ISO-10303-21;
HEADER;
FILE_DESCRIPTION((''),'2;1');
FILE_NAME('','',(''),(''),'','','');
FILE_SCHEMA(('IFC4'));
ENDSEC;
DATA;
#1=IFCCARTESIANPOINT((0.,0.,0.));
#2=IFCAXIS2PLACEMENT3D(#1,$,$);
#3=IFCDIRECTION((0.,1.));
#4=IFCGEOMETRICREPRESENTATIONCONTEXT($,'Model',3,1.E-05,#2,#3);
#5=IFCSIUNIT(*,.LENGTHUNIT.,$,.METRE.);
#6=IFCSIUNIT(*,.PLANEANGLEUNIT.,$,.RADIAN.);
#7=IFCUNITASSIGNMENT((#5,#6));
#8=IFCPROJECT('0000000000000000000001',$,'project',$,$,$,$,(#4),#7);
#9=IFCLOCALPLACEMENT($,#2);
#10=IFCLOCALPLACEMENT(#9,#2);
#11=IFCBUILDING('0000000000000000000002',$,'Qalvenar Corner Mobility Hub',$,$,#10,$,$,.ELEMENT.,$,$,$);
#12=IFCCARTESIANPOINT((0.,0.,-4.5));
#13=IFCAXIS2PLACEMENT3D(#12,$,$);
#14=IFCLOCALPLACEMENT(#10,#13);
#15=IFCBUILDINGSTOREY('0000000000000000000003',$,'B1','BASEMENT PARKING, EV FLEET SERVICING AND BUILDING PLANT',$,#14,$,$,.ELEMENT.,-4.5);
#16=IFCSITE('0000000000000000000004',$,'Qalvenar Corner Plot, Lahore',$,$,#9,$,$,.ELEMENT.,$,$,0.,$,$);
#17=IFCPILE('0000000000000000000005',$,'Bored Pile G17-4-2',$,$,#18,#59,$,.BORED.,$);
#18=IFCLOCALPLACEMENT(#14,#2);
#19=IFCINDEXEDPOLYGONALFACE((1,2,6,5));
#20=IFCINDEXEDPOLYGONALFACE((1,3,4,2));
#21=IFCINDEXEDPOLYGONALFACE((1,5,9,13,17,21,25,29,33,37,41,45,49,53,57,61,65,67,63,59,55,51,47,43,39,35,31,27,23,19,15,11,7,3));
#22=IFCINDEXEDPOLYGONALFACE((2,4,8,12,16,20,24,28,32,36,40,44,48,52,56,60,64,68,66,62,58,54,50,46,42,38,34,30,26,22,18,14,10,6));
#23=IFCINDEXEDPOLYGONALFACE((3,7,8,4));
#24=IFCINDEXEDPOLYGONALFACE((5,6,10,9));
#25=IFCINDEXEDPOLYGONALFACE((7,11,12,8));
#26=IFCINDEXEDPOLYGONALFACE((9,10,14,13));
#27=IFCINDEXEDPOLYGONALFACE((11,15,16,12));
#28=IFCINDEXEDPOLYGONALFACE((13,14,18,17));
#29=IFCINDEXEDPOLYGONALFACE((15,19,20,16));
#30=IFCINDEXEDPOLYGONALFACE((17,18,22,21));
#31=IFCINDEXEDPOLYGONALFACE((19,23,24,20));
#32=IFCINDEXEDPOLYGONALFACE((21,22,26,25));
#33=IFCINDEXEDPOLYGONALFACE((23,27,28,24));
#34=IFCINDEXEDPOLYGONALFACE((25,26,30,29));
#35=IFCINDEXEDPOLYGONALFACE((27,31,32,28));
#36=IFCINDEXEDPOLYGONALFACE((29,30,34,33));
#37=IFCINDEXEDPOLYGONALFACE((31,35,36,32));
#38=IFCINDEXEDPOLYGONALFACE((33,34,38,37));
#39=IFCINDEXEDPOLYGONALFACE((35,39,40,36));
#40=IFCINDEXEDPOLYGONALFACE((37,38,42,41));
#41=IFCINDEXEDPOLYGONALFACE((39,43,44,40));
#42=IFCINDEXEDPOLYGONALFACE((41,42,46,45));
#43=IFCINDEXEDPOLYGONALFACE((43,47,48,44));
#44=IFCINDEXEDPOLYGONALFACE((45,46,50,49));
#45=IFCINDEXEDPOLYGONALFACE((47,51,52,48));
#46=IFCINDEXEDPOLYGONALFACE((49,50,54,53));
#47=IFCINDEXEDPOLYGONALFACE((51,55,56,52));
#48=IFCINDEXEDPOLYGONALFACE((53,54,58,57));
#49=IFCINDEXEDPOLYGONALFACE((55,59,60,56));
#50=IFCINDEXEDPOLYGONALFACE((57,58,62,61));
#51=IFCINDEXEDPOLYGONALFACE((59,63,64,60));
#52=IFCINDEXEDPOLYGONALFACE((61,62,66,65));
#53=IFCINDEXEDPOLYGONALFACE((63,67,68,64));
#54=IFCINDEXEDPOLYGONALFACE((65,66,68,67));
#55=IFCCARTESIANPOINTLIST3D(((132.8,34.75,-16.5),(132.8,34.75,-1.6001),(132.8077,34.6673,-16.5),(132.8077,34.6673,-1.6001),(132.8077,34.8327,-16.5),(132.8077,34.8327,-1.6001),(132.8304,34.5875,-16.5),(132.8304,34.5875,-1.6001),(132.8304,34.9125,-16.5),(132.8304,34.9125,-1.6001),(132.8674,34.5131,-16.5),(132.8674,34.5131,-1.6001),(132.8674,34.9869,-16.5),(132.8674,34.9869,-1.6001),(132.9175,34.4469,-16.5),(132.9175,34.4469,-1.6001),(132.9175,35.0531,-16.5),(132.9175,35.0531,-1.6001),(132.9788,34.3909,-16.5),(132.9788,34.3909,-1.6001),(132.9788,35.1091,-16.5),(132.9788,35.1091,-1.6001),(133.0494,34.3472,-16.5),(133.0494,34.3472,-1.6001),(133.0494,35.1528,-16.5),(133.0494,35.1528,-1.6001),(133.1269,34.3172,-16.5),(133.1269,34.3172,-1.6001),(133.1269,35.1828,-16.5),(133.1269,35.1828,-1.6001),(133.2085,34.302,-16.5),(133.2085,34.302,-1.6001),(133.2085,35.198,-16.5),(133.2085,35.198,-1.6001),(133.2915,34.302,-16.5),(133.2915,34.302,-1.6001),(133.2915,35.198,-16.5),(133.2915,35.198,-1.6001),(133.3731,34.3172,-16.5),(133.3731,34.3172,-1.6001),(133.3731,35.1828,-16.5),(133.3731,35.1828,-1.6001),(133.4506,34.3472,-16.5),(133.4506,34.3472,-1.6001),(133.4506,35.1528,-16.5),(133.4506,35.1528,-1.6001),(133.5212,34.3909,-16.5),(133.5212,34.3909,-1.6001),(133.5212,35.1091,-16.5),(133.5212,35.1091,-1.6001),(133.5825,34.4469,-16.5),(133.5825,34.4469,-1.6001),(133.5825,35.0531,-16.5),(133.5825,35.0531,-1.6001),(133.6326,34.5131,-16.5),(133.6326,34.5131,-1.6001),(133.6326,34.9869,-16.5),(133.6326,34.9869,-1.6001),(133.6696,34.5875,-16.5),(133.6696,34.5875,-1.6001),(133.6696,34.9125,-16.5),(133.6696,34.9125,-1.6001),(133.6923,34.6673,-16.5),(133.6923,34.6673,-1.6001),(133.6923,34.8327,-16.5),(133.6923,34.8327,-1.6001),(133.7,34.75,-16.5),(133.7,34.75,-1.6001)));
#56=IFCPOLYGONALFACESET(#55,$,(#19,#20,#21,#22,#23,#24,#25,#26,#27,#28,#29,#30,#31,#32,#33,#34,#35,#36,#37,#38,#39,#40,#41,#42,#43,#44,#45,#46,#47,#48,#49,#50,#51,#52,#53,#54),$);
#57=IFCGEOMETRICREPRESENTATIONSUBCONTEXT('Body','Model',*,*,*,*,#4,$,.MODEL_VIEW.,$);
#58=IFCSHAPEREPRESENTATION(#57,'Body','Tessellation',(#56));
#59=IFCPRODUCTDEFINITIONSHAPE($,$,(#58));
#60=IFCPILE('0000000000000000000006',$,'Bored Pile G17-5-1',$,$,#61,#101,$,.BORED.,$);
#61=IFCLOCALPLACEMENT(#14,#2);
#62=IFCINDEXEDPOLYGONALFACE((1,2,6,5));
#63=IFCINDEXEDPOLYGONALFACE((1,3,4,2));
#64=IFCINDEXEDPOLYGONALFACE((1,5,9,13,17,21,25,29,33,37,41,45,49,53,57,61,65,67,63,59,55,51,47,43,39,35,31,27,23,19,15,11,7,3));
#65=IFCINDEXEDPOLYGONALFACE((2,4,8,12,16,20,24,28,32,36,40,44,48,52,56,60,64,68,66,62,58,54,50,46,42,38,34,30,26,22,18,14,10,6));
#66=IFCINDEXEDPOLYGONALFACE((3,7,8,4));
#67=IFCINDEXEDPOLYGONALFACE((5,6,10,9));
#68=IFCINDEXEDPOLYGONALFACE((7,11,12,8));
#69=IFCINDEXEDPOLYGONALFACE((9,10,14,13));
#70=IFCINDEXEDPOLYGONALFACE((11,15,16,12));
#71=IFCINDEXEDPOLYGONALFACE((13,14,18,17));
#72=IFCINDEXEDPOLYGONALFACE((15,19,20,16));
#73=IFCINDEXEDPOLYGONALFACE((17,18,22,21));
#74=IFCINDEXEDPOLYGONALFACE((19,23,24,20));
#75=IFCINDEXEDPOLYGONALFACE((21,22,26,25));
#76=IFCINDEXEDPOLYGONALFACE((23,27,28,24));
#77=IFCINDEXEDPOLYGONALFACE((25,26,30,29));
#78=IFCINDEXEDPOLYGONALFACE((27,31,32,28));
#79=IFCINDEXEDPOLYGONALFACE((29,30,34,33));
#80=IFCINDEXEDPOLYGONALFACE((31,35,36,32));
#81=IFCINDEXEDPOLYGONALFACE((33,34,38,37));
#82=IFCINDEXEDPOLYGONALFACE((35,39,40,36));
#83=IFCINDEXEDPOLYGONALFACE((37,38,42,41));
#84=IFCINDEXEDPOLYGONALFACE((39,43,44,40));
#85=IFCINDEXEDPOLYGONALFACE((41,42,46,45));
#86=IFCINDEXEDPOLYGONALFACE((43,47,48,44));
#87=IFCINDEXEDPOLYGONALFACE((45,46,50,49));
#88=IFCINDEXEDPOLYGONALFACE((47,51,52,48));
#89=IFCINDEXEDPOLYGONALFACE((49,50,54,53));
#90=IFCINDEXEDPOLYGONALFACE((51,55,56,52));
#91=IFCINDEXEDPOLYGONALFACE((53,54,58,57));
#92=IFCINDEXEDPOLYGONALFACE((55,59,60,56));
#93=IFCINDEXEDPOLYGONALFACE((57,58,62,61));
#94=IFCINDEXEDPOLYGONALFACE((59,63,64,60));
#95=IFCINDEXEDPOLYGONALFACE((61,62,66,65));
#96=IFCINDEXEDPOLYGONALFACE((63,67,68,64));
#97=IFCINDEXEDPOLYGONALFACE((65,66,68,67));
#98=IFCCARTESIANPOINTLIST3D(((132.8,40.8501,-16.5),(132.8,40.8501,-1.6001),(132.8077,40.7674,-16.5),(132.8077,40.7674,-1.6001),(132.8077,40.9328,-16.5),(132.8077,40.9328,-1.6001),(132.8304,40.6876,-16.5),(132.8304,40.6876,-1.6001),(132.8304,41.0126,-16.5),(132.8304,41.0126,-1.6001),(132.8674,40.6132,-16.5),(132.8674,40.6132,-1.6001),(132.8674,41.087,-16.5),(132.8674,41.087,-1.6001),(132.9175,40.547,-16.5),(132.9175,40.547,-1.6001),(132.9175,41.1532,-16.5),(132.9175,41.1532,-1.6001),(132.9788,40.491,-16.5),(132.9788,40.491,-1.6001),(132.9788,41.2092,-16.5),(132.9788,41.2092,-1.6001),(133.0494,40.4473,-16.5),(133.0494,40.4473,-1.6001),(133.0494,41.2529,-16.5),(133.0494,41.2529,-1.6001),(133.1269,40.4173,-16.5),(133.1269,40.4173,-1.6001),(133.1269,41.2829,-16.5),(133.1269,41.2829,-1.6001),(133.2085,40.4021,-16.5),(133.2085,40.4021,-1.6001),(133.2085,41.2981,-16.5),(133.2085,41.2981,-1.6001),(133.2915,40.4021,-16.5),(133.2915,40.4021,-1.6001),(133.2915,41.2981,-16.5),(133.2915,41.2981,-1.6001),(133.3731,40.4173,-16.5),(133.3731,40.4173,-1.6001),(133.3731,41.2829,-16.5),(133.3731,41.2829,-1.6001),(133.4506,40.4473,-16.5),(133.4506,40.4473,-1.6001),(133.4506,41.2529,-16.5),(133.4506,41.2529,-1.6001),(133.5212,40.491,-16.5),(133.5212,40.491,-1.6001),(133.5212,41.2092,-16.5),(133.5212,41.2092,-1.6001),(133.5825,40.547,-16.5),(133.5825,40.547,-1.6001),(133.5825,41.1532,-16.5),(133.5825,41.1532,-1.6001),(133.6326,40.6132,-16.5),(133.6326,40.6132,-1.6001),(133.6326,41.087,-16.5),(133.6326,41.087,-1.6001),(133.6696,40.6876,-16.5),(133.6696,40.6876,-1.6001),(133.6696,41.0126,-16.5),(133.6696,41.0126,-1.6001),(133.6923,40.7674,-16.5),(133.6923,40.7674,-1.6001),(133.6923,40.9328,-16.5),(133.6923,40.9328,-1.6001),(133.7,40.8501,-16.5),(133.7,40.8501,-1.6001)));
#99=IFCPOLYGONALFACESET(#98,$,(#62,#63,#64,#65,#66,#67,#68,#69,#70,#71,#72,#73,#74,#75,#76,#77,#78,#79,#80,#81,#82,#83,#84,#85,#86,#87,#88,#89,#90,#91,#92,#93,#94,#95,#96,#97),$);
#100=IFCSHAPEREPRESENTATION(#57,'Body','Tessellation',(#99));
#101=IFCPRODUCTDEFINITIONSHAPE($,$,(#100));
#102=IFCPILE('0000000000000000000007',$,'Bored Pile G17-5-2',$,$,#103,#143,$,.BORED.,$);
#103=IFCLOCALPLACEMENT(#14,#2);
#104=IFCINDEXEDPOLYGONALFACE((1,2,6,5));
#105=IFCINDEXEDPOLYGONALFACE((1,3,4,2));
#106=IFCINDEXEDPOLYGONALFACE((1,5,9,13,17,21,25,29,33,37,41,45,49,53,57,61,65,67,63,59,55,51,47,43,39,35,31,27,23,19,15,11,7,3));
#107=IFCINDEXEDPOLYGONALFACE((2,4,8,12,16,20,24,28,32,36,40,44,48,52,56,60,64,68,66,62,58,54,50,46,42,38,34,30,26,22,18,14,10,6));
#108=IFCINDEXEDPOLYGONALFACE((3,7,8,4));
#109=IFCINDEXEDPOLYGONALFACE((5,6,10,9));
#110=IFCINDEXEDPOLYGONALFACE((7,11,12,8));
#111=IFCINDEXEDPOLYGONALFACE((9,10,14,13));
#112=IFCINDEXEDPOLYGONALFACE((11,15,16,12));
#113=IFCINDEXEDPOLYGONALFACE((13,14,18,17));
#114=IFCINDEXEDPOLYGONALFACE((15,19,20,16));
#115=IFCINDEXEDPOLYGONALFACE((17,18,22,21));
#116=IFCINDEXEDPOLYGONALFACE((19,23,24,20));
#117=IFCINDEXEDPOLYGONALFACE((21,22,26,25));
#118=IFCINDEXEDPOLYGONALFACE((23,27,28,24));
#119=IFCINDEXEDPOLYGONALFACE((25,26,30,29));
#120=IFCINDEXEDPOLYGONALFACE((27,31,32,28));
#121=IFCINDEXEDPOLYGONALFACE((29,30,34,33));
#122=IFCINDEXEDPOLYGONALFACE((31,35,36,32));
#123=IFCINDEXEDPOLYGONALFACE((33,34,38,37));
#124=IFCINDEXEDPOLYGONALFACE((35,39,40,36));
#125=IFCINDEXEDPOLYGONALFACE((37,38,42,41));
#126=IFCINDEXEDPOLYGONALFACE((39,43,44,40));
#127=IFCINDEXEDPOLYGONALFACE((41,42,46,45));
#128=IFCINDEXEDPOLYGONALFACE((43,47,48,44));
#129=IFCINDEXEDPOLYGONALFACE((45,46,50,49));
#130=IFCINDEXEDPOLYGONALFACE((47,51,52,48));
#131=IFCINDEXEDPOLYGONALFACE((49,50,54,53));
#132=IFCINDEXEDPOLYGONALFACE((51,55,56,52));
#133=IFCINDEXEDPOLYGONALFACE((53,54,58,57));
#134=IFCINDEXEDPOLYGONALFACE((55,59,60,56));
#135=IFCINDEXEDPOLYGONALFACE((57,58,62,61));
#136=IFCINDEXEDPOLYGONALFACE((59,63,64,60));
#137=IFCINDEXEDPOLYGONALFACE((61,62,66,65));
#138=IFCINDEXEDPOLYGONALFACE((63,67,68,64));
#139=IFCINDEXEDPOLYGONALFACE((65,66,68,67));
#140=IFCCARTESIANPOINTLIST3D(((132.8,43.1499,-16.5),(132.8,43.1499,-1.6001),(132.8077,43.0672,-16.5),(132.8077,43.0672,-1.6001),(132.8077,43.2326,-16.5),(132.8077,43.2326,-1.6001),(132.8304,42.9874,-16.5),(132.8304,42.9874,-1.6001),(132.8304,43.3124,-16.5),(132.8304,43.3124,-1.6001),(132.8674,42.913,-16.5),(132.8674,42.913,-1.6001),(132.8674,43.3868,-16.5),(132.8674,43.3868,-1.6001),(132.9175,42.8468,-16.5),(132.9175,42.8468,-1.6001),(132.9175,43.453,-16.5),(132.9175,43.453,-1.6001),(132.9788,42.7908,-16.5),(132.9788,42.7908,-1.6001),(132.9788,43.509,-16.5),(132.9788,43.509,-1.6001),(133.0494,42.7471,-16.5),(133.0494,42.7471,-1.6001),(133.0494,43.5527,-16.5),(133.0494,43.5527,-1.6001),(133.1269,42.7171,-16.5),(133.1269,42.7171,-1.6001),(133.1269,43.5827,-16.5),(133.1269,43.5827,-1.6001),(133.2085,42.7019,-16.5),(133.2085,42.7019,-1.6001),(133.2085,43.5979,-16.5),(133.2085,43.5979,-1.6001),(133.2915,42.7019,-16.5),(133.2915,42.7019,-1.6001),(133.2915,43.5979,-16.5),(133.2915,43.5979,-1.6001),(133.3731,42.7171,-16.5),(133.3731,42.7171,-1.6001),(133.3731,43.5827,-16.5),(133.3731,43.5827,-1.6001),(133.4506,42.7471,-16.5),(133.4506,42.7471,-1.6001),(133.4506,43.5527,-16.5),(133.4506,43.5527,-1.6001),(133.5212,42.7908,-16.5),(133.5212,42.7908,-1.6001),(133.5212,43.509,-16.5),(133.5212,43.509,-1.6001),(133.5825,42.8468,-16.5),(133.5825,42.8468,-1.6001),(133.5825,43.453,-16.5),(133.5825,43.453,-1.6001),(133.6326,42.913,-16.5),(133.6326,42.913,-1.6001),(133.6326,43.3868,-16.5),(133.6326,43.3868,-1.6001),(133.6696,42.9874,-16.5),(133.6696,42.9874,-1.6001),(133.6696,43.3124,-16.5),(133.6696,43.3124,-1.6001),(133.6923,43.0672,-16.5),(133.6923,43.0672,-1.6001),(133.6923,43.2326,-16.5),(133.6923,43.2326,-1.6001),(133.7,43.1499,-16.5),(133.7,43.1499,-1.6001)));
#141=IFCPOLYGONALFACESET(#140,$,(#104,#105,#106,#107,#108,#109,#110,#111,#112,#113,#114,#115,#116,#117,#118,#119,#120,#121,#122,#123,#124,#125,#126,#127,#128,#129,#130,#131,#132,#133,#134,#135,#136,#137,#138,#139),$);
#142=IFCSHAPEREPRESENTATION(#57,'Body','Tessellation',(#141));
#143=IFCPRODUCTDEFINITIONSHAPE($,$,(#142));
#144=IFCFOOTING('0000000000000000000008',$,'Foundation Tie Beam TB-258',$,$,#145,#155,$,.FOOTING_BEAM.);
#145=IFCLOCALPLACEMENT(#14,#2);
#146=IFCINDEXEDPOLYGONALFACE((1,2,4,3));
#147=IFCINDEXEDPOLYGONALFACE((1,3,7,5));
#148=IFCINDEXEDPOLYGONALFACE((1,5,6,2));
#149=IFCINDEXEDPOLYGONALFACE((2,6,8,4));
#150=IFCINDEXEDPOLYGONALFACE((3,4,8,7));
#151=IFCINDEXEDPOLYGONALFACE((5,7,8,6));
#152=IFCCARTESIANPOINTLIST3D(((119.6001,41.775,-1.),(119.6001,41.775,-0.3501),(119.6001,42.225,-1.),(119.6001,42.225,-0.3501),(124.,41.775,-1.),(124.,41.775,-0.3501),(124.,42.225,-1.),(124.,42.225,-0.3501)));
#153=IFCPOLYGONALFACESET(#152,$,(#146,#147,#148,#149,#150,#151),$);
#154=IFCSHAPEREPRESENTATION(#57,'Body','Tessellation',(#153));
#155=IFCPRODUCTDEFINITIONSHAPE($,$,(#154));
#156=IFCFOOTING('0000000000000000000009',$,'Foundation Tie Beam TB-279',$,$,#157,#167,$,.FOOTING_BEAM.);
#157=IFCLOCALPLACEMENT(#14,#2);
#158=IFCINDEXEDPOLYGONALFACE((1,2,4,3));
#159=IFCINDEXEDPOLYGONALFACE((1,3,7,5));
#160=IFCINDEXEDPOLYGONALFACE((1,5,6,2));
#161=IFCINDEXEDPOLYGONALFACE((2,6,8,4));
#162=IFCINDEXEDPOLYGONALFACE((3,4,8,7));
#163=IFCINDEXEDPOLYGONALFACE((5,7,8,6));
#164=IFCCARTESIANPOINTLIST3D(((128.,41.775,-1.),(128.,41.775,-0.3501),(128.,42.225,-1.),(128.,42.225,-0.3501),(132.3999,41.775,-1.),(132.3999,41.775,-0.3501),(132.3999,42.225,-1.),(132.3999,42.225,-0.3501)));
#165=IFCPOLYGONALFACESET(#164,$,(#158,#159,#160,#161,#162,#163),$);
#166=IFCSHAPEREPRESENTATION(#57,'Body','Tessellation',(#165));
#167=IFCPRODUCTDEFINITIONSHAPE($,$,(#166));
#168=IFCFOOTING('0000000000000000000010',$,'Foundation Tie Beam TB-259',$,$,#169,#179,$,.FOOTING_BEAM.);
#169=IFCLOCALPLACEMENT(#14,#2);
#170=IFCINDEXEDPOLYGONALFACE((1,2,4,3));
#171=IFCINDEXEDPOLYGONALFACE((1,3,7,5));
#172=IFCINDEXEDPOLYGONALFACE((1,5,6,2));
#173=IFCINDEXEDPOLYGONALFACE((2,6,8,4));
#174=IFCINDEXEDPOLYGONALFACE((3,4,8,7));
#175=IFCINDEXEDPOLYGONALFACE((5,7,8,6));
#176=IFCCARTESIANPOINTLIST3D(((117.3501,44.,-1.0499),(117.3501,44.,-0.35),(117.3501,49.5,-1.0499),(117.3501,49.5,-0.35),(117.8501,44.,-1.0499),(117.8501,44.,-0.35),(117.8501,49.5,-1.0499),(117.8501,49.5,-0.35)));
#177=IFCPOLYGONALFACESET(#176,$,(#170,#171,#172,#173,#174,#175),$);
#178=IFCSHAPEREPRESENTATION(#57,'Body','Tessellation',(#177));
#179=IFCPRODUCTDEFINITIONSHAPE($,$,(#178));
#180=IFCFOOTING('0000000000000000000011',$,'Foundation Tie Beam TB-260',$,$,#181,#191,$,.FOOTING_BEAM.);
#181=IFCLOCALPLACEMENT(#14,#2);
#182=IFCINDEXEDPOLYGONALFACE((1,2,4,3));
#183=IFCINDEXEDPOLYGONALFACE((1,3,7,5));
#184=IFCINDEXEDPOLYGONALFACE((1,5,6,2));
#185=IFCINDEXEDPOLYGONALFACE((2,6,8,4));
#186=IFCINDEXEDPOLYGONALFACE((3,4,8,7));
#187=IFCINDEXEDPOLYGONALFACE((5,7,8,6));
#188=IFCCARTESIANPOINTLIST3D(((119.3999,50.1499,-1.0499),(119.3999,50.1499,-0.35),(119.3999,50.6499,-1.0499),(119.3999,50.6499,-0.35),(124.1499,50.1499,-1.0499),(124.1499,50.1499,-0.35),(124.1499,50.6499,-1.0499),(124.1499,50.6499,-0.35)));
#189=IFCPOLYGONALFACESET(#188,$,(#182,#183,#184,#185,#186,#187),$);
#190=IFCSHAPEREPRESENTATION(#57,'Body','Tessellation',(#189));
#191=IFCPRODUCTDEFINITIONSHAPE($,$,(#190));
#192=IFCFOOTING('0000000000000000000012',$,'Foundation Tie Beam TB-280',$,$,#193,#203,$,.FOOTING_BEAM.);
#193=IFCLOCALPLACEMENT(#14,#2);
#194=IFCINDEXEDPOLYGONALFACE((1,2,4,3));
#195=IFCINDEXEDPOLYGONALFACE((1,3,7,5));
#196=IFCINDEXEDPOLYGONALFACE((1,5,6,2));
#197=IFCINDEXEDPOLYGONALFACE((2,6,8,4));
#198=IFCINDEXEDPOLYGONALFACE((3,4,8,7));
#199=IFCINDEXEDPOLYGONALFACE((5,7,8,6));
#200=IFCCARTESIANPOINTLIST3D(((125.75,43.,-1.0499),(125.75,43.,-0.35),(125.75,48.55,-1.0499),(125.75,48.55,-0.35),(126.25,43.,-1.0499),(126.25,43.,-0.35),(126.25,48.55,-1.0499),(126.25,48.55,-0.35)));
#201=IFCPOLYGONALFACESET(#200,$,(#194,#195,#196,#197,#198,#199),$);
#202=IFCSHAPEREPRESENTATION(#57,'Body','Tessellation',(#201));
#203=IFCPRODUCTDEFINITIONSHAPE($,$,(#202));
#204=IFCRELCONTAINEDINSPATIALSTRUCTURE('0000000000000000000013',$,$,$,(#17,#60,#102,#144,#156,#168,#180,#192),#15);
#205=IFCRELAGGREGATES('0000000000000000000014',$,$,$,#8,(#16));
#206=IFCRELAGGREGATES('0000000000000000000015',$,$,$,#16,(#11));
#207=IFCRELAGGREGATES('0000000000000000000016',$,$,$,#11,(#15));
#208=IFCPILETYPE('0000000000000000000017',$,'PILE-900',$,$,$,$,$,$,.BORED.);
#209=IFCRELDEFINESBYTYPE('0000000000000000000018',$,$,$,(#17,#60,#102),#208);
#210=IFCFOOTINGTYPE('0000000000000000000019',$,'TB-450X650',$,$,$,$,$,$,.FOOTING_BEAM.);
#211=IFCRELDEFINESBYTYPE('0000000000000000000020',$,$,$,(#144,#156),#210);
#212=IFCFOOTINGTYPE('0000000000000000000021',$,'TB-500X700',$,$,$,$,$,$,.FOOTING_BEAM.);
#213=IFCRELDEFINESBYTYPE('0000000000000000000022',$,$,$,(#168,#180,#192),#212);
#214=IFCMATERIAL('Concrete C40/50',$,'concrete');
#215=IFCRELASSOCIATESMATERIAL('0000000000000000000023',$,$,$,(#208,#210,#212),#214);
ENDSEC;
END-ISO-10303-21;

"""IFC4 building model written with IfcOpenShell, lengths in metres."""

from ifc_helpers import new_model, si_unit, direction, frame, origin, origin_2d, place, context, subcontext, project, spatial, rectangle, circle, extrude, material, material_profile, profile_set, type_object, element, save


model = new_model("IFC4")

# Units and contexts
model_context = context("Model", 3, precision=1e-05, world=origin(), true_north=direction((0.0, 1.0)))
body_context = subcontext(model_context, "Body", "Model", "MODEL_VIEW")
ifc_project = project(units=[si_unit("LENGTHUNIT", "METRE"), si_unit("PLANEANGLEUNIT", "RADIAN")], contexts=[model_context])

# Site, building, storey
site_placement = place(None, origin())
site = spatial("IfcSite", under=ifc_project, at=site_placement, Name="Qalvenar Corner Plot, Lahore", CompositionType="ELEMENT", RefElevation=0.0)
building_placement = place(site_placement, origin())
building = spatial("IfcBuilding", under=site, at=building_placement, Name="Qalvenar Corner Mobility Hub", CompositionType="ELEMENT")
storey_placement = place(building_placement, frame((0.0, 0.0, -4.5)))
storey = spatial("IfcBuildingStorey", under=building, at=storey_placement, Name="B1", Description="BASEMENT PARKING, EV FLEET SERVICING AND BUILDING PLANT", CompositionType="ELEMENT", Elevation=-4.5)

# Shared definitions
ifc_material_1 = material(Name="Concrete C40/50", Category="concrete")

# Piles
ifc_material_profile_1 = material_profile(ifc_material_1, circle(Radius=0.45, at=origin_2d()), Name="DIA900")
ifc_profile_set_1 = profile_set([ifc_material_profile_1], Name="Concrete C40/50")
pile_type_1 = type_object("IfcPileType", Name="PILE-900", PredefinedType="BORED", material=ifc_profile_set_1)
for number, where, z_axis, x_axis, name in (
    (1, (133.25, 34.75, -1.6001), (0.0, 0.0, -1.0), (1.0, 0.0, 0.0), "Bored Pile G17-4-2"),
    (2, (133.25, 40.8501, -1.6001), (0.0, 0.0, -1.0), (1.0, 0.0, 0.0), "Bored Pile G17-5-1"),
    (3, (133.25, 43.1499, -1.6001), (0.0, 0.0, -1.0), (1.0, 0.0, 0.0), "Bored Pile G17-5-2"),
):
    element("IfcPile", number, at=place(storey_placement, frame(where, z_axis=z_axis, x_axis=x_axis)), inside=storey, type_object=pile_type_1, Name=name, PredefinedType="BORED", context=body_context, shape_type="SweptSolid", body=[
        extrude(circle(Radius=0.45, at=origin_2d()), origin(), (0.0, 0.0, 1.0), 14.8999),
    ])

# Footings
ifc_material_profile_2 = material_profile(ifc_material_1, rectangle(XDim=0.45, YDim=0.6499, at=origin_2d()), Name="RC450x650")
ifc_profile_set_2 = profile_set([ifc_material_profile_2], Name="Concrete C40/50")
footing_type_1 = type_object("IfcFootingType", Name="TB-450X650", PredefinedType="FOOTING_BEAM", material=ifc_profile_set_2)
for number, where, z_axis, x_axis, name in (
    (4, (119.6001, 42.0, -0.675), (1.0, 0.0, 0.0), (0.0, 1.0, 0.0), "Foundation Tie Beam TB-258"),
    (5, (128.0, 42.0, -0.675), (1.0, 0.0, 0.0), (0.0, 1.0, 0.0), "Foundation Tie Beam TB-279"),
):
    element("IfcFooting", number, at=place(storey_placement, frame(where, z_axis=z_axis, x_axis=x_axis)), inside=storey, type_object=footing_type_1, Name=name, PredefinedType="FOOTING_BEAM", context=body_context, shape_type="SweptSolid", body=[
        extrude(rectangle(XDim=0.45, YDim=0.6499, at=origin_2d()), origin(), (0.0, 0.0, 1.0), 4.3999),
    ])
ifc_material_profile_3 = material_profile(ifc_material_1, rectangle(XDim=0.5, YDim=0.7, at=origin_2d()), Name="RC500x700")
ifc_profile_set_3 = profile_set([ifc_material_profile_3], Name="Concrete C40/50")
footing_type_2 = type_object("IfcFootingType", Name="TB-500X700", PredefinedType="FOOTING_BEAM", material=ifc_profile_set_3)
footing_1_placement = place(storey_placement, frame((117.6001, 44.0, -0.7), z_axis=(0.0, 1.0, 0.0), x_axis=(-1.0, 0.0, 0.0)))
element("IfcFooting", 6, at=footing_1_placement, inside=storey, type_object=footing_type_2, Name="Foundation Tie Beam TB-259", PredefinedType="FOOTING_BEAM", context=body_context, shape_type="SweptSolid", body=[
    extrude(rectangle(XDim=0.5, YDim=0.7, at=origin_2d()), origin(), (0.0, 0.0, 1.0), 5.5),
])
footing_2_placement = place(storey_placement, frame((119.3999, 50.3999, -0.7), z_axis=(1.0, 0.0, 0.0), x_axis=(0.0, 1.0, 0.0)))
element("IfcFooting", 7, at=footing_2_placement, inside=storey, type_object=footing_type_2, Name="Foundation Tie Beam TB-260", PredefinedType="FOOTING_BEAM", context=body_context, shape_type="SweptSolid", body=[
    extrude(rectangle(XDim=0.5, YDim=0.7, at=origin_2d()), origin(), (0.0, 0.0, 1.0), 4.75),
])
footing_3_placement = place(storey_placement, frame((126.0, 43.0, -0.7), z_axis=(0.0, 1.0, 0.0), x_axis=(-1.0, 0.0, 0.0)))
element("IfcFooting", 8, at=footing_3_placement, inside=storey, type_object=footing_type_2, Name="Foundation Tie Beam TB-280", PredefinedType="FOOTING_BEAM", context=body_context, shape_type="SweptSolid", body=[
    extrude(rectangle(XDim=0.5, YDim=0.7, at=origin_2d()), origin(), (0.0, 0.0, 1.0), 5.55),
])

save(model, "model.ifc")
